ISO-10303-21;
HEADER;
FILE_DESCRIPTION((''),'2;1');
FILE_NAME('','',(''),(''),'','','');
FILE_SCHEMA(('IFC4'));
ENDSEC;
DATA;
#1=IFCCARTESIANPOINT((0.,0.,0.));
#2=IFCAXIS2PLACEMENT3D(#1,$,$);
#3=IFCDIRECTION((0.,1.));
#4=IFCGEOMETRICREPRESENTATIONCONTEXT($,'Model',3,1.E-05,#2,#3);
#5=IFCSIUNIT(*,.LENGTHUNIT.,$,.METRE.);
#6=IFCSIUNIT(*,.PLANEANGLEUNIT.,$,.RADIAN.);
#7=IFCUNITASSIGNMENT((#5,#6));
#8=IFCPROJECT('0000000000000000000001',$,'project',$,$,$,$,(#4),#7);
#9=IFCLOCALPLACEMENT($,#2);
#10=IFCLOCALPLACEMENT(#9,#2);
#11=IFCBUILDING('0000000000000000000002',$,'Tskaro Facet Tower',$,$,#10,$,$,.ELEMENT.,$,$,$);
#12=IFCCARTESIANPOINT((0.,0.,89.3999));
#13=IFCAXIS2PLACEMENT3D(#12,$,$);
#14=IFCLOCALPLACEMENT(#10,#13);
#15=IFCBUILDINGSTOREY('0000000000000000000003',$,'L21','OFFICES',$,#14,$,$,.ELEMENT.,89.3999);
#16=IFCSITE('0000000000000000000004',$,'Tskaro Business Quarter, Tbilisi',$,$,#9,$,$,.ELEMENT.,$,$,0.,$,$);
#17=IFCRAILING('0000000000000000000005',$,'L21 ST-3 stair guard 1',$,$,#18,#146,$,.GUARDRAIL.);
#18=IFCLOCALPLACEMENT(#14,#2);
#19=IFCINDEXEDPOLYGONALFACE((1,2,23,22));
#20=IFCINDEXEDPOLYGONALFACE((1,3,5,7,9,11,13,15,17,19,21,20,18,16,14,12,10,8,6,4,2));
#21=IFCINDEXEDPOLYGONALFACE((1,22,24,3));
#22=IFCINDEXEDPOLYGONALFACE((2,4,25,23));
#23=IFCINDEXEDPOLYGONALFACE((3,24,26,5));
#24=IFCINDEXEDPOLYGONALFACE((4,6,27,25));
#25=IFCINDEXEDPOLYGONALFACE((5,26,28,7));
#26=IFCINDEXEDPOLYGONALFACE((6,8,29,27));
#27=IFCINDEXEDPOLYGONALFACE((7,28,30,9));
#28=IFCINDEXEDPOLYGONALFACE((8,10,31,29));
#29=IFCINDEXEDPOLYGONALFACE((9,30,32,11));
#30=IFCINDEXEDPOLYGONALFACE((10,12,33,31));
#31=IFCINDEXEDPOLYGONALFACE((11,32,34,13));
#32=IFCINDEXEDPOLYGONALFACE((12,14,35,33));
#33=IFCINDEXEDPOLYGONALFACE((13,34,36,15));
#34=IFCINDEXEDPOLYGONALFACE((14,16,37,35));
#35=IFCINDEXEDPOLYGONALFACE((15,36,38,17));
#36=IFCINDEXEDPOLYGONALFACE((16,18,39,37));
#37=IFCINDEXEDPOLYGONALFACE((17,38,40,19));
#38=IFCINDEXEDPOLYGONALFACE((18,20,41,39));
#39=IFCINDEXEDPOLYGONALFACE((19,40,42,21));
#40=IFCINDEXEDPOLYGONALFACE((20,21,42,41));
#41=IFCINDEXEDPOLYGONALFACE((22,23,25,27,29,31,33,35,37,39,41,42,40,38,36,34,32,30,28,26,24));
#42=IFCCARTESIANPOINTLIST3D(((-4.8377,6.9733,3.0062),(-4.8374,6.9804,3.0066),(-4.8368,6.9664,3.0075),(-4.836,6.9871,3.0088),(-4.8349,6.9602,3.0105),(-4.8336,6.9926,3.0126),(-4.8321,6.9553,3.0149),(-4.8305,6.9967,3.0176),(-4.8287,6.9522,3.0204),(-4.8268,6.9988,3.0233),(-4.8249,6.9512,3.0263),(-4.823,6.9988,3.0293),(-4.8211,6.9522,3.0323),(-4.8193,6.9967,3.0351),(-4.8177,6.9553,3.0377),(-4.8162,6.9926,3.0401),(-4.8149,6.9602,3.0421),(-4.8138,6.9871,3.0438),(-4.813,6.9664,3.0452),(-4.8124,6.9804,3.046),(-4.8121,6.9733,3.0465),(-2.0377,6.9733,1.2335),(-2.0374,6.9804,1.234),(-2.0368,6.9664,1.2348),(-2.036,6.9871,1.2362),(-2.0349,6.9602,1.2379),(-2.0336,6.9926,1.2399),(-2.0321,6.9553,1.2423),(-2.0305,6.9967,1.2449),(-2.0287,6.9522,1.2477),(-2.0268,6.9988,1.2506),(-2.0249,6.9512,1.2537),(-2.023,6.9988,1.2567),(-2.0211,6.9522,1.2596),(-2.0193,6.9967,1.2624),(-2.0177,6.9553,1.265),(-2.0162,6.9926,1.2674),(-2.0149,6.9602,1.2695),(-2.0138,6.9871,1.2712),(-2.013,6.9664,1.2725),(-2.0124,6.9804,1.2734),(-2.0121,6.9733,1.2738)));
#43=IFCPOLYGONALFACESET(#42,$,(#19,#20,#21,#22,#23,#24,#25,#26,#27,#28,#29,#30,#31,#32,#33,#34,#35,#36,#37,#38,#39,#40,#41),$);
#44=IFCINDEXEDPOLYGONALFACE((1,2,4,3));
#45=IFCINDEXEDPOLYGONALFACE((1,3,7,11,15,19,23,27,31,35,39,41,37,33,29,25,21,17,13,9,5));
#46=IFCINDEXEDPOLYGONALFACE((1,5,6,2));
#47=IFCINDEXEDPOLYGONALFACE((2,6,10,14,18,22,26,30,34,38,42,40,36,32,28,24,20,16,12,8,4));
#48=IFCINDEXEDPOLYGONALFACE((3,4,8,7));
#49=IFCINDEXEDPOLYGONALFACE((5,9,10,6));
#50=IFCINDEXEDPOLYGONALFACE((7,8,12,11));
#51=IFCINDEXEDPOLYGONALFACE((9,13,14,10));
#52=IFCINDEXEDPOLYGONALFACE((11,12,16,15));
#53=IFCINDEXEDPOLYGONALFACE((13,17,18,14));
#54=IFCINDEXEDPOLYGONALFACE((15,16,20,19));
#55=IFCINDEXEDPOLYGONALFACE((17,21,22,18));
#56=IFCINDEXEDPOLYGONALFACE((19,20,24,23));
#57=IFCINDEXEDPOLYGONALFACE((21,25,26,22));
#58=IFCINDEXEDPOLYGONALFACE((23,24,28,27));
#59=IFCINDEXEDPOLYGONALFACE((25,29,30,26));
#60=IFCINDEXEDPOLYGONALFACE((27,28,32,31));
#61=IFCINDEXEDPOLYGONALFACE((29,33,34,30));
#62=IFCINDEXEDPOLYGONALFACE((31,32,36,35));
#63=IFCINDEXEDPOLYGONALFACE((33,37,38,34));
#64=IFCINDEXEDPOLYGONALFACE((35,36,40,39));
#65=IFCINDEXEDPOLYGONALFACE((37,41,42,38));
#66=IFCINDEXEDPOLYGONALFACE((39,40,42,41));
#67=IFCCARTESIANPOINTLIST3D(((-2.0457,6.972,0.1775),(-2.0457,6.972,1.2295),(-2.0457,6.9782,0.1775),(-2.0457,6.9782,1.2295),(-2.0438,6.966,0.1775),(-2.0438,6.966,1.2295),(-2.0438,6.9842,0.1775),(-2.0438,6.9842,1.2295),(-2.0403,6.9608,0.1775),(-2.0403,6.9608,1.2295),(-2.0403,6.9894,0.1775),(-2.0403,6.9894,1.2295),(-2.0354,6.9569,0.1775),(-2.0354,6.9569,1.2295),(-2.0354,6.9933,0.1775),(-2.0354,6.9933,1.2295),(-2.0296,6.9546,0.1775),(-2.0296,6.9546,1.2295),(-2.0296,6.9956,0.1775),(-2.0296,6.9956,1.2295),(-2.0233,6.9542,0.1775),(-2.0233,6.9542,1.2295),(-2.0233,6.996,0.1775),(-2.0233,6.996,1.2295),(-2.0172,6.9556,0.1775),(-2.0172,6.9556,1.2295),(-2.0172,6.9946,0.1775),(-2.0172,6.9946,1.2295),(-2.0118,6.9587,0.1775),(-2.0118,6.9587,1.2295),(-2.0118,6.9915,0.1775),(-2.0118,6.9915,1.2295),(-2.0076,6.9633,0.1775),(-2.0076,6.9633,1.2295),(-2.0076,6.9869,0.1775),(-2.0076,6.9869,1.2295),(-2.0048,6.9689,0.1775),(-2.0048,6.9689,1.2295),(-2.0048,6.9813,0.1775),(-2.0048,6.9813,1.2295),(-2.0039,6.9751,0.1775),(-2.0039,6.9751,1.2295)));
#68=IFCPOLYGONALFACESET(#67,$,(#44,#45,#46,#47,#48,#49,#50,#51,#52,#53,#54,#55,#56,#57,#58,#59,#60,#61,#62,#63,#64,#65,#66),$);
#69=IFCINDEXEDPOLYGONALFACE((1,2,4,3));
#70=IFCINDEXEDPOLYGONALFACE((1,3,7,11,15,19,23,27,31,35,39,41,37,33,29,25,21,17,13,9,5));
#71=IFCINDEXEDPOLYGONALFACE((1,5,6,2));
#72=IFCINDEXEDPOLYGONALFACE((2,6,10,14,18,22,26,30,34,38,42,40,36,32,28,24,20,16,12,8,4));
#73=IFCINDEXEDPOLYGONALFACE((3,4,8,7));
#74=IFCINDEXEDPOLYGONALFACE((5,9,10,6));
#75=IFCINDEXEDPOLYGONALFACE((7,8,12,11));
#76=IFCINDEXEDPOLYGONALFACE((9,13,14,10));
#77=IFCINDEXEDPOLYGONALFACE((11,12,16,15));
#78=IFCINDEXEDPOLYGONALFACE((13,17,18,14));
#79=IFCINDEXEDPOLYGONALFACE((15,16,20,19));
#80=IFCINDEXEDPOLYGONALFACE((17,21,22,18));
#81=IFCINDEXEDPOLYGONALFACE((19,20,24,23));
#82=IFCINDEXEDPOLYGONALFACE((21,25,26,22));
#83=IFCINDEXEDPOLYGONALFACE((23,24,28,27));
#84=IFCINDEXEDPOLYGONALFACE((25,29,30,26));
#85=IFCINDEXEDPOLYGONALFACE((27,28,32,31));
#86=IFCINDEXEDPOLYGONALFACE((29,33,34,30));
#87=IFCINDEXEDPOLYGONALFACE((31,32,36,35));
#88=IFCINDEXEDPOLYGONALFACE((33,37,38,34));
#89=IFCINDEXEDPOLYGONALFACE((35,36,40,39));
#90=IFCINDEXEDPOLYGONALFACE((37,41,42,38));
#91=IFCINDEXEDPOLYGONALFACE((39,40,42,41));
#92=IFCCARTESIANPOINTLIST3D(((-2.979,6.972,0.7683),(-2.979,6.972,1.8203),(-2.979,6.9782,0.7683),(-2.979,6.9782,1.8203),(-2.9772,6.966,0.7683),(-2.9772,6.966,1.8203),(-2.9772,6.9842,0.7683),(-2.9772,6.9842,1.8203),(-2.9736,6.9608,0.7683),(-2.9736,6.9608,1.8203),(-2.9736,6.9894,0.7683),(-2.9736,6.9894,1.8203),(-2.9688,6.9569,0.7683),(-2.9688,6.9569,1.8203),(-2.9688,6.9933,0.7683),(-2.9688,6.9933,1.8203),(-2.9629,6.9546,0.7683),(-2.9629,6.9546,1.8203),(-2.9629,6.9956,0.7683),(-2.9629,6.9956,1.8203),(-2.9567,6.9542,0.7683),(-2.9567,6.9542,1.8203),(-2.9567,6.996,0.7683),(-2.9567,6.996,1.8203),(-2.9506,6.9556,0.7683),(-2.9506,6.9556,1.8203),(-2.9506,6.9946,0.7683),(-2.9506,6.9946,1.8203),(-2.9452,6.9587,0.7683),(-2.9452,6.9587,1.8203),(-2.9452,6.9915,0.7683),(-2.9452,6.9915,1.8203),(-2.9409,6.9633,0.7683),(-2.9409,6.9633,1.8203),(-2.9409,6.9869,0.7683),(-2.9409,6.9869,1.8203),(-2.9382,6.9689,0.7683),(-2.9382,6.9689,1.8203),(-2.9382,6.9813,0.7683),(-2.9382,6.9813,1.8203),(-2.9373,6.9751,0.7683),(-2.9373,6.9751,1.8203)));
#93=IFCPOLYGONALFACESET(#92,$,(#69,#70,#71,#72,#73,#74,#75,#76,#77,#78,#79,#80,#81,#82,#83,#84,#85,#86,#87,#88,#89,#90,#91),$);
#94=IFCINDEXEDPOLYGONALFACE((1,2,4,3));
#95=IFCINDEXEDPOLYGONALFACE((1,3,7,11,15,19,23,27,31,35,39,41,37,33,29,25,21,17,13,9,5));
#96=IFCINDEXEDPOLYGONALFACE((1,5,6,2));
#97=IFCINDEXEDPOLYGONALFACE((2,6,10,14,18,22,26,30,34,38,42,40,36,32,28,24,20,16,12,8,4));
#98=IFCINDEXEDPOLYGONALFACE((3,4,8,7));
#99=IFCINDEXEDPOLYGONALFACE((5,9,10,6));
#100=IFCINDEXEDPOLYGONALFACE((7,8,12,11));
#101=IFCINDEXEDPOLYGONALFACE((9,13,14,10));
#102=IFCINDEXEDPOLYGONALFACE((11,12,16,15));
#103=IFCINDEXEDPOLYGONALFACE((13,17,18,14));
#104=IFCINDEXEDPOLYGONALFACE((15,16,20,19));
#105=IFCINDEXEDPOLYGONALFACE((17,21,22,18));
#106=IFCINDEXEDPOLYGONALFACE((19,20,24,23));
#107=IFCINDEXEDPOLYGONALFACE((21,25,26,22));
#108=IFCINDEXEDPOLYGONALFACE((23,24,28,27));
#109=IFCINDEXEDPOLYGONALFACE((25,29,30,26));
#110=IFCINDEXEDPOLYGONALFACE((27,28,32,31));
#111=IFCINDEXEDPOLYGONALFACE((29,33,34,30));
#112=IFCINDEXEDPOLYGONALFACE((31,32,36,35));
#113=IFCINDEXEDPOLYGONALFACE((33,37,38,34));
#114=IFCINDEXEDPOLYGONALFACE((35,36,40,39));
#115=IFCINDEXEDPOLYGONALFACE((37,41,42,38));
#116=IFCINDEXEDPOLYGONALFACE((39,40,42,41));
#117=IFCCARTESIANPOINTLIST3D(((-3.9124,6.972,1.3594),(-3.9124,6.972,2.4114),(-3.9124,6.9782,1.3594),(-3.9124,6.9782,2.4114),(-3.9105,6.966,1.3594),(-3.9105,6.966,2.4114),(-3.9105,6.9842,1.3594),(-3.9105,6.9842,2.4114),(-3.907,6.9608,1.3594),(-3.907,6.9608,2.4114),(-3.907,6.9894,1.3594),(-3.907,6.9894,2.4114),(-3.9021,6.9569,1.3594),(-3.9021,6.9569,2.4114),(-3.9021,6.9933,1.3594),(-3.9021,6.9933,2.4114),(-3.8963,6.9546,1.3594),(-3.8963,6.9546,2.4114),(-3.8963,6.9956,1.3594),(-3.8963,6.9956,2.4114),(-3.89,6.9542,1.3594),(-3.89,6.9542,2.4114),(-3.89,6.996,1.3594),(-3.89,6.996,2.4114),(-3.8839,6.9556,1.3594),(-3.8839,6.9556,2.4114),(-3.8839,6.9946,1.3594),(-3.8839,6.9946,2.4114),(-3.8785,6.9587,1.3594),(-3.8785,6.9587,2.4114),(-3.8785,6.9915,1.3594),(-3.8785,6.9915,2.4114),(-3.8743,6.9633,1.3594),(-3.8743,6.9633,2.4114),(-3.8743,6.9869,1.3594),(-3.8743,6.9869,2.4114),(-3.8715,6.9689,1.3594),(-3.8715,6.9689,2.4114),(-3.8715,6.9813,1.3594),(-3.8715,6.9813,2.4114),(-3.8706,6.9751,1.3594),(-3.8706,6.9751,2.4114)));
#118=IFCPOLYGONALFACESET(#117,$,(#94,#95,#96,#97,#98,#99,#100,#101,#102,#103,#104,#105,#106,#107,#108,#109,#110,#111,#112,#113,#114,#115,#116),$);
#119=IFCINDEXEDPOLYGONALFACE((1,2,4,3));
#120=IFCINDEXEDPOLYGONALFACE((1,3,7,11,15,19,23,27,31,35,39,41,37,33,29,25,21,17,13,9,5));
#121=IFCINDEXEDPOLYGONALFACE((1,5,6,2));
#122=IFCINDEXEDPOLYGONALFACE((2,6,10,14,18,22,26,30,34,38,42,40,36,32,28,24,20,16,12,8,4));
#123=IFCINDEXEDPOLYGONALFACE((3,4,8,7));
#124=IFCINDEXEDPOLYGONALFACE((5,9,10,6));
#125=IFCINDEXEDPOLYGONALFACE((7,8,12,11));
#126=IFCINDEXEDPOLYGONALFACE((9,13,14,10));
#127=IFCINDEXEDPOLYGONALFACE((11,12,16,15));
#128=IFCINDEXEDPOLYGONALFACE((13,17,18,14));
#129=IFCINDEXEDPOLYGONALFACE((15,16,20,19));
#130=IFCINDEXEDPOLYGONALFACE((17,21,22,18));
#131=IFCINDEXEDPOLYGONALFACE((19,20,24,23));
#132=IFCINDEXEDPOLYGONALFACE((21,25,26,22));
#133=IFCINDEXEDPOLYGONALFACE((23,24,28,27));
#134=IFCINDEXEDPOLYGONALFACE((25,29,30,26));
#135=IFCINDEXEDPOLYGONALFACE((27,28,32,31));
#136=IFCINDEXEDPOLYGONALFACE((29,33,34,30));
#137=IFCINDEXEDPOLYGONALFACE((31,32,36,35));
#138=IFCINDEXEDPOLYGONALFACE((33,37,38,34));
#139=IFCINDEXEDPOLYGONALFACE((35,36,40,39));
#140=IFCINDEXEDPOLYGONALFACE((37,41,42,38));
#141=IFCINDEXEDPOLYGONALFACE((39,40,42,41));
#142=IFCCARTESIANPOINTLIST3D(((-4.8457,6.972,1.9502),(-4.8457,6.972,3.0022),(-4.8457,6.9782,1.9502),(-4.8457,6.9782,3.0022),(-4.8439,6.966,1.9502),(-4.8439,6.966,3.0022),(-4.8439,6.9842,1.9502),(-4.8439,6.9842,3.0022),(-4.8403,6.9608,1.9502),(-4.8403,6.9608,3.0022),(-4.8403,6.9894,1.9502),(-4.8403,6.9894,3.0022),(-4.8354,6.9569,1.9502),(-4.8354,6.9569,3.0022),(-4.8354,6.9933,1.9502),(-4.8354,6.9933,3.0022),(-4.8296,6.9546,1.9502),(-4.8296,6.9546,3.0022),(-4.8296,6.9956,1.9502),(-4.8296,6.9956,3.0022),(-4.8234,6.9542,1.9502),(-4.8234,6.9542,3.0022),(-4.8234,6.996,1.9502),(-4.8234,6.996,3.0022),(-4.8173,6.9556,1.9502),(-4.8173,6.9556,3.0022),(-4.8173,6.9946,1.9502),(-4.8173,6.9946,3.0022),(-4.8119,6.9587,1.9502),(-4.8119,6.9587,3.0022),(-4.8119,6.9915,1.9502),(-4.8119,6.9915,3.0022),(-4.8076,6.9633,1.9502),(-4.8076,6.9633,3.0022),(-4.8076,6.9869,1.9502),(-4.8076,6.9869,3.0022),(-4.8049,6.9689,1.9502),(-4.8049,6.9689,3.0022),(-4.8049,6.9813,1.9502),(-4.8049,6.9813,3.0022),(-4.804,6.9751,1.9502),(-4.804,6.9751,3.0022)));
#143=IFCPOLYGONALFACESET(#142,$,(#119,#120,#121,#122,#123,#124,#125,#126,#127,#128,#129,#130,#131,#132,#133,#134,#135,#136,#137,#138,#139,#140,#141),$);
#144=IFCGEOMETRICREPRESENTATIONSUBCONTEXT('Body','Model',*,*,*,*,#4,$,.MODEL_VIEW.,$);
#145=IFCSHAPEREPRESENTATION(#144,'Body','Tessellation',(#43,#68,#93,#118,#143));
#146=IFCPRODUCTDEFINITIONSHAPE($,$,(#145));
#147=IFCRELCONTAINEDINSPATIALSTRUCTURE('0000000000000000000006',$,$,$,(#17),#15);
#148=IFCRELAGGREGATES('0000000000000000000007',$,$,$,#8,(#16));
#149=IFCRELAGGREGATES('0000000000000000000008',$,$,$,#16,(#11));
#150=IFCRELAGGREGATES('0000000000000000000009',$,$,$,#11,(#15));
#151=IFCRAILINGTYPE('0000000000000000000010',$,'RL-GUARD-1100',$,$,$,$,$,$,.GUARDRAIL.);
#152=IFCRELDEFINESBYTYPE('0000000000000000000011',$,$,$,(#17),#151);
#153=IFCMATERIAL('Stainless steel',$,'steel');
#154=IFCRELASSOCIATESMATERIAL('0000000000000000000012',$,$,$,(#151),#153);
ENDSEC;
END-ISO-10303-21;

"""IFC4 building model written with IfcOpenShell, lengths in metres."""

from ifc_helpers import new_model, si_unit, direction, frame, origin, origin_2d, place, context, subcontext, project, spatial, circle, extrude, material, type_object, element, save


model = new_model("IFC4")

# Units and contexts
model_context = context("Model", 3, precision=1e-05, world=origin(), true_north=direction((0.0, 1.0)))
body_context = subcontext(model_context, "Body", "Model", "MODEL_VIEW")
ifc_project = project(units=[si_unit("LENGTHUNIT", "METRE"), si_unit("PLANEANGLEUNIT", "RADIAN")], contexts=[model_context])

# Site, building, storey
site_placement = place(None, origin())
site = spatial("IfcSite", under=ifc_project, at=site_placement, Name="Tskaro Business Quarter, Tbilisi", CompositionType="ELEMENT", RefElevation=0.0)
building_placement = place(site_placement, origin())
building = spatial("IfcBuilding", under=site, at=building_placement, Name="Tskaro Facet Tower", CompositionType="ELEMENT")
storey_placement = place(building_placement, frame((0.0, 0.0, 89.3999)))
storey = spatial("IfcBuildingStorey", under=building, at=storey_placement, Name="L21", Description="OFFICES", CompositionType="ELEMENT", Elevation=89.3999)

# Railing
ifc_material_1 = material(Name="Stainless steel", Category="steel")
railing_type_1 = type_object("IfcRailingType", Name="RL-GUARD-1100", PredefinedType="GUARDRAIL", material=ifc_material_1)
railing_1_placement = place(storey_placement, frame((-2.0249, 6.9751, 0.1775)))
element("IfcRailing", 1, at=railing_1_placement, inside=storey, type_object=railing_type_1, Name="L21 ST-3 stair guard 1", PredefinedType="GUARDRAIL", context=body_context, shape_type="SweptSolid", body=[
    extrude(circle(Radius=0.0239, at=origin_2d()), frame((0.0, 0.0, 1.0762), z_axis=(-0.844909, 0.0, 0.53491), x_axis=(0.0, -1.0, 0.0)), (0.0, 0.0, 1.0), 3.314),
    extrude(circle(Radius=0.021, at=origin_2d()), origin(), (0.0, 0.0, 1.0), 1.052),
    extrude(circle(Radius=0.021, at=origin_2d()), frame((-0.9333, 0.0, 0.5908)), (0.0, 0.0, 1.0), 1.052),
    extrude(circle(Radius=0.021, at=origin_2d()), frame((-1.8667, 0.0, 1.1819)), (0.0, 0.0, 1.0), 1.052),
    extrude(circle(Radius=0.021, at=origin_2d()), frame((-2.8, 0.0, 1.7727)), (0.0, 0.0, 1.0), 1.052),
])

save(model, "model.ifc")
